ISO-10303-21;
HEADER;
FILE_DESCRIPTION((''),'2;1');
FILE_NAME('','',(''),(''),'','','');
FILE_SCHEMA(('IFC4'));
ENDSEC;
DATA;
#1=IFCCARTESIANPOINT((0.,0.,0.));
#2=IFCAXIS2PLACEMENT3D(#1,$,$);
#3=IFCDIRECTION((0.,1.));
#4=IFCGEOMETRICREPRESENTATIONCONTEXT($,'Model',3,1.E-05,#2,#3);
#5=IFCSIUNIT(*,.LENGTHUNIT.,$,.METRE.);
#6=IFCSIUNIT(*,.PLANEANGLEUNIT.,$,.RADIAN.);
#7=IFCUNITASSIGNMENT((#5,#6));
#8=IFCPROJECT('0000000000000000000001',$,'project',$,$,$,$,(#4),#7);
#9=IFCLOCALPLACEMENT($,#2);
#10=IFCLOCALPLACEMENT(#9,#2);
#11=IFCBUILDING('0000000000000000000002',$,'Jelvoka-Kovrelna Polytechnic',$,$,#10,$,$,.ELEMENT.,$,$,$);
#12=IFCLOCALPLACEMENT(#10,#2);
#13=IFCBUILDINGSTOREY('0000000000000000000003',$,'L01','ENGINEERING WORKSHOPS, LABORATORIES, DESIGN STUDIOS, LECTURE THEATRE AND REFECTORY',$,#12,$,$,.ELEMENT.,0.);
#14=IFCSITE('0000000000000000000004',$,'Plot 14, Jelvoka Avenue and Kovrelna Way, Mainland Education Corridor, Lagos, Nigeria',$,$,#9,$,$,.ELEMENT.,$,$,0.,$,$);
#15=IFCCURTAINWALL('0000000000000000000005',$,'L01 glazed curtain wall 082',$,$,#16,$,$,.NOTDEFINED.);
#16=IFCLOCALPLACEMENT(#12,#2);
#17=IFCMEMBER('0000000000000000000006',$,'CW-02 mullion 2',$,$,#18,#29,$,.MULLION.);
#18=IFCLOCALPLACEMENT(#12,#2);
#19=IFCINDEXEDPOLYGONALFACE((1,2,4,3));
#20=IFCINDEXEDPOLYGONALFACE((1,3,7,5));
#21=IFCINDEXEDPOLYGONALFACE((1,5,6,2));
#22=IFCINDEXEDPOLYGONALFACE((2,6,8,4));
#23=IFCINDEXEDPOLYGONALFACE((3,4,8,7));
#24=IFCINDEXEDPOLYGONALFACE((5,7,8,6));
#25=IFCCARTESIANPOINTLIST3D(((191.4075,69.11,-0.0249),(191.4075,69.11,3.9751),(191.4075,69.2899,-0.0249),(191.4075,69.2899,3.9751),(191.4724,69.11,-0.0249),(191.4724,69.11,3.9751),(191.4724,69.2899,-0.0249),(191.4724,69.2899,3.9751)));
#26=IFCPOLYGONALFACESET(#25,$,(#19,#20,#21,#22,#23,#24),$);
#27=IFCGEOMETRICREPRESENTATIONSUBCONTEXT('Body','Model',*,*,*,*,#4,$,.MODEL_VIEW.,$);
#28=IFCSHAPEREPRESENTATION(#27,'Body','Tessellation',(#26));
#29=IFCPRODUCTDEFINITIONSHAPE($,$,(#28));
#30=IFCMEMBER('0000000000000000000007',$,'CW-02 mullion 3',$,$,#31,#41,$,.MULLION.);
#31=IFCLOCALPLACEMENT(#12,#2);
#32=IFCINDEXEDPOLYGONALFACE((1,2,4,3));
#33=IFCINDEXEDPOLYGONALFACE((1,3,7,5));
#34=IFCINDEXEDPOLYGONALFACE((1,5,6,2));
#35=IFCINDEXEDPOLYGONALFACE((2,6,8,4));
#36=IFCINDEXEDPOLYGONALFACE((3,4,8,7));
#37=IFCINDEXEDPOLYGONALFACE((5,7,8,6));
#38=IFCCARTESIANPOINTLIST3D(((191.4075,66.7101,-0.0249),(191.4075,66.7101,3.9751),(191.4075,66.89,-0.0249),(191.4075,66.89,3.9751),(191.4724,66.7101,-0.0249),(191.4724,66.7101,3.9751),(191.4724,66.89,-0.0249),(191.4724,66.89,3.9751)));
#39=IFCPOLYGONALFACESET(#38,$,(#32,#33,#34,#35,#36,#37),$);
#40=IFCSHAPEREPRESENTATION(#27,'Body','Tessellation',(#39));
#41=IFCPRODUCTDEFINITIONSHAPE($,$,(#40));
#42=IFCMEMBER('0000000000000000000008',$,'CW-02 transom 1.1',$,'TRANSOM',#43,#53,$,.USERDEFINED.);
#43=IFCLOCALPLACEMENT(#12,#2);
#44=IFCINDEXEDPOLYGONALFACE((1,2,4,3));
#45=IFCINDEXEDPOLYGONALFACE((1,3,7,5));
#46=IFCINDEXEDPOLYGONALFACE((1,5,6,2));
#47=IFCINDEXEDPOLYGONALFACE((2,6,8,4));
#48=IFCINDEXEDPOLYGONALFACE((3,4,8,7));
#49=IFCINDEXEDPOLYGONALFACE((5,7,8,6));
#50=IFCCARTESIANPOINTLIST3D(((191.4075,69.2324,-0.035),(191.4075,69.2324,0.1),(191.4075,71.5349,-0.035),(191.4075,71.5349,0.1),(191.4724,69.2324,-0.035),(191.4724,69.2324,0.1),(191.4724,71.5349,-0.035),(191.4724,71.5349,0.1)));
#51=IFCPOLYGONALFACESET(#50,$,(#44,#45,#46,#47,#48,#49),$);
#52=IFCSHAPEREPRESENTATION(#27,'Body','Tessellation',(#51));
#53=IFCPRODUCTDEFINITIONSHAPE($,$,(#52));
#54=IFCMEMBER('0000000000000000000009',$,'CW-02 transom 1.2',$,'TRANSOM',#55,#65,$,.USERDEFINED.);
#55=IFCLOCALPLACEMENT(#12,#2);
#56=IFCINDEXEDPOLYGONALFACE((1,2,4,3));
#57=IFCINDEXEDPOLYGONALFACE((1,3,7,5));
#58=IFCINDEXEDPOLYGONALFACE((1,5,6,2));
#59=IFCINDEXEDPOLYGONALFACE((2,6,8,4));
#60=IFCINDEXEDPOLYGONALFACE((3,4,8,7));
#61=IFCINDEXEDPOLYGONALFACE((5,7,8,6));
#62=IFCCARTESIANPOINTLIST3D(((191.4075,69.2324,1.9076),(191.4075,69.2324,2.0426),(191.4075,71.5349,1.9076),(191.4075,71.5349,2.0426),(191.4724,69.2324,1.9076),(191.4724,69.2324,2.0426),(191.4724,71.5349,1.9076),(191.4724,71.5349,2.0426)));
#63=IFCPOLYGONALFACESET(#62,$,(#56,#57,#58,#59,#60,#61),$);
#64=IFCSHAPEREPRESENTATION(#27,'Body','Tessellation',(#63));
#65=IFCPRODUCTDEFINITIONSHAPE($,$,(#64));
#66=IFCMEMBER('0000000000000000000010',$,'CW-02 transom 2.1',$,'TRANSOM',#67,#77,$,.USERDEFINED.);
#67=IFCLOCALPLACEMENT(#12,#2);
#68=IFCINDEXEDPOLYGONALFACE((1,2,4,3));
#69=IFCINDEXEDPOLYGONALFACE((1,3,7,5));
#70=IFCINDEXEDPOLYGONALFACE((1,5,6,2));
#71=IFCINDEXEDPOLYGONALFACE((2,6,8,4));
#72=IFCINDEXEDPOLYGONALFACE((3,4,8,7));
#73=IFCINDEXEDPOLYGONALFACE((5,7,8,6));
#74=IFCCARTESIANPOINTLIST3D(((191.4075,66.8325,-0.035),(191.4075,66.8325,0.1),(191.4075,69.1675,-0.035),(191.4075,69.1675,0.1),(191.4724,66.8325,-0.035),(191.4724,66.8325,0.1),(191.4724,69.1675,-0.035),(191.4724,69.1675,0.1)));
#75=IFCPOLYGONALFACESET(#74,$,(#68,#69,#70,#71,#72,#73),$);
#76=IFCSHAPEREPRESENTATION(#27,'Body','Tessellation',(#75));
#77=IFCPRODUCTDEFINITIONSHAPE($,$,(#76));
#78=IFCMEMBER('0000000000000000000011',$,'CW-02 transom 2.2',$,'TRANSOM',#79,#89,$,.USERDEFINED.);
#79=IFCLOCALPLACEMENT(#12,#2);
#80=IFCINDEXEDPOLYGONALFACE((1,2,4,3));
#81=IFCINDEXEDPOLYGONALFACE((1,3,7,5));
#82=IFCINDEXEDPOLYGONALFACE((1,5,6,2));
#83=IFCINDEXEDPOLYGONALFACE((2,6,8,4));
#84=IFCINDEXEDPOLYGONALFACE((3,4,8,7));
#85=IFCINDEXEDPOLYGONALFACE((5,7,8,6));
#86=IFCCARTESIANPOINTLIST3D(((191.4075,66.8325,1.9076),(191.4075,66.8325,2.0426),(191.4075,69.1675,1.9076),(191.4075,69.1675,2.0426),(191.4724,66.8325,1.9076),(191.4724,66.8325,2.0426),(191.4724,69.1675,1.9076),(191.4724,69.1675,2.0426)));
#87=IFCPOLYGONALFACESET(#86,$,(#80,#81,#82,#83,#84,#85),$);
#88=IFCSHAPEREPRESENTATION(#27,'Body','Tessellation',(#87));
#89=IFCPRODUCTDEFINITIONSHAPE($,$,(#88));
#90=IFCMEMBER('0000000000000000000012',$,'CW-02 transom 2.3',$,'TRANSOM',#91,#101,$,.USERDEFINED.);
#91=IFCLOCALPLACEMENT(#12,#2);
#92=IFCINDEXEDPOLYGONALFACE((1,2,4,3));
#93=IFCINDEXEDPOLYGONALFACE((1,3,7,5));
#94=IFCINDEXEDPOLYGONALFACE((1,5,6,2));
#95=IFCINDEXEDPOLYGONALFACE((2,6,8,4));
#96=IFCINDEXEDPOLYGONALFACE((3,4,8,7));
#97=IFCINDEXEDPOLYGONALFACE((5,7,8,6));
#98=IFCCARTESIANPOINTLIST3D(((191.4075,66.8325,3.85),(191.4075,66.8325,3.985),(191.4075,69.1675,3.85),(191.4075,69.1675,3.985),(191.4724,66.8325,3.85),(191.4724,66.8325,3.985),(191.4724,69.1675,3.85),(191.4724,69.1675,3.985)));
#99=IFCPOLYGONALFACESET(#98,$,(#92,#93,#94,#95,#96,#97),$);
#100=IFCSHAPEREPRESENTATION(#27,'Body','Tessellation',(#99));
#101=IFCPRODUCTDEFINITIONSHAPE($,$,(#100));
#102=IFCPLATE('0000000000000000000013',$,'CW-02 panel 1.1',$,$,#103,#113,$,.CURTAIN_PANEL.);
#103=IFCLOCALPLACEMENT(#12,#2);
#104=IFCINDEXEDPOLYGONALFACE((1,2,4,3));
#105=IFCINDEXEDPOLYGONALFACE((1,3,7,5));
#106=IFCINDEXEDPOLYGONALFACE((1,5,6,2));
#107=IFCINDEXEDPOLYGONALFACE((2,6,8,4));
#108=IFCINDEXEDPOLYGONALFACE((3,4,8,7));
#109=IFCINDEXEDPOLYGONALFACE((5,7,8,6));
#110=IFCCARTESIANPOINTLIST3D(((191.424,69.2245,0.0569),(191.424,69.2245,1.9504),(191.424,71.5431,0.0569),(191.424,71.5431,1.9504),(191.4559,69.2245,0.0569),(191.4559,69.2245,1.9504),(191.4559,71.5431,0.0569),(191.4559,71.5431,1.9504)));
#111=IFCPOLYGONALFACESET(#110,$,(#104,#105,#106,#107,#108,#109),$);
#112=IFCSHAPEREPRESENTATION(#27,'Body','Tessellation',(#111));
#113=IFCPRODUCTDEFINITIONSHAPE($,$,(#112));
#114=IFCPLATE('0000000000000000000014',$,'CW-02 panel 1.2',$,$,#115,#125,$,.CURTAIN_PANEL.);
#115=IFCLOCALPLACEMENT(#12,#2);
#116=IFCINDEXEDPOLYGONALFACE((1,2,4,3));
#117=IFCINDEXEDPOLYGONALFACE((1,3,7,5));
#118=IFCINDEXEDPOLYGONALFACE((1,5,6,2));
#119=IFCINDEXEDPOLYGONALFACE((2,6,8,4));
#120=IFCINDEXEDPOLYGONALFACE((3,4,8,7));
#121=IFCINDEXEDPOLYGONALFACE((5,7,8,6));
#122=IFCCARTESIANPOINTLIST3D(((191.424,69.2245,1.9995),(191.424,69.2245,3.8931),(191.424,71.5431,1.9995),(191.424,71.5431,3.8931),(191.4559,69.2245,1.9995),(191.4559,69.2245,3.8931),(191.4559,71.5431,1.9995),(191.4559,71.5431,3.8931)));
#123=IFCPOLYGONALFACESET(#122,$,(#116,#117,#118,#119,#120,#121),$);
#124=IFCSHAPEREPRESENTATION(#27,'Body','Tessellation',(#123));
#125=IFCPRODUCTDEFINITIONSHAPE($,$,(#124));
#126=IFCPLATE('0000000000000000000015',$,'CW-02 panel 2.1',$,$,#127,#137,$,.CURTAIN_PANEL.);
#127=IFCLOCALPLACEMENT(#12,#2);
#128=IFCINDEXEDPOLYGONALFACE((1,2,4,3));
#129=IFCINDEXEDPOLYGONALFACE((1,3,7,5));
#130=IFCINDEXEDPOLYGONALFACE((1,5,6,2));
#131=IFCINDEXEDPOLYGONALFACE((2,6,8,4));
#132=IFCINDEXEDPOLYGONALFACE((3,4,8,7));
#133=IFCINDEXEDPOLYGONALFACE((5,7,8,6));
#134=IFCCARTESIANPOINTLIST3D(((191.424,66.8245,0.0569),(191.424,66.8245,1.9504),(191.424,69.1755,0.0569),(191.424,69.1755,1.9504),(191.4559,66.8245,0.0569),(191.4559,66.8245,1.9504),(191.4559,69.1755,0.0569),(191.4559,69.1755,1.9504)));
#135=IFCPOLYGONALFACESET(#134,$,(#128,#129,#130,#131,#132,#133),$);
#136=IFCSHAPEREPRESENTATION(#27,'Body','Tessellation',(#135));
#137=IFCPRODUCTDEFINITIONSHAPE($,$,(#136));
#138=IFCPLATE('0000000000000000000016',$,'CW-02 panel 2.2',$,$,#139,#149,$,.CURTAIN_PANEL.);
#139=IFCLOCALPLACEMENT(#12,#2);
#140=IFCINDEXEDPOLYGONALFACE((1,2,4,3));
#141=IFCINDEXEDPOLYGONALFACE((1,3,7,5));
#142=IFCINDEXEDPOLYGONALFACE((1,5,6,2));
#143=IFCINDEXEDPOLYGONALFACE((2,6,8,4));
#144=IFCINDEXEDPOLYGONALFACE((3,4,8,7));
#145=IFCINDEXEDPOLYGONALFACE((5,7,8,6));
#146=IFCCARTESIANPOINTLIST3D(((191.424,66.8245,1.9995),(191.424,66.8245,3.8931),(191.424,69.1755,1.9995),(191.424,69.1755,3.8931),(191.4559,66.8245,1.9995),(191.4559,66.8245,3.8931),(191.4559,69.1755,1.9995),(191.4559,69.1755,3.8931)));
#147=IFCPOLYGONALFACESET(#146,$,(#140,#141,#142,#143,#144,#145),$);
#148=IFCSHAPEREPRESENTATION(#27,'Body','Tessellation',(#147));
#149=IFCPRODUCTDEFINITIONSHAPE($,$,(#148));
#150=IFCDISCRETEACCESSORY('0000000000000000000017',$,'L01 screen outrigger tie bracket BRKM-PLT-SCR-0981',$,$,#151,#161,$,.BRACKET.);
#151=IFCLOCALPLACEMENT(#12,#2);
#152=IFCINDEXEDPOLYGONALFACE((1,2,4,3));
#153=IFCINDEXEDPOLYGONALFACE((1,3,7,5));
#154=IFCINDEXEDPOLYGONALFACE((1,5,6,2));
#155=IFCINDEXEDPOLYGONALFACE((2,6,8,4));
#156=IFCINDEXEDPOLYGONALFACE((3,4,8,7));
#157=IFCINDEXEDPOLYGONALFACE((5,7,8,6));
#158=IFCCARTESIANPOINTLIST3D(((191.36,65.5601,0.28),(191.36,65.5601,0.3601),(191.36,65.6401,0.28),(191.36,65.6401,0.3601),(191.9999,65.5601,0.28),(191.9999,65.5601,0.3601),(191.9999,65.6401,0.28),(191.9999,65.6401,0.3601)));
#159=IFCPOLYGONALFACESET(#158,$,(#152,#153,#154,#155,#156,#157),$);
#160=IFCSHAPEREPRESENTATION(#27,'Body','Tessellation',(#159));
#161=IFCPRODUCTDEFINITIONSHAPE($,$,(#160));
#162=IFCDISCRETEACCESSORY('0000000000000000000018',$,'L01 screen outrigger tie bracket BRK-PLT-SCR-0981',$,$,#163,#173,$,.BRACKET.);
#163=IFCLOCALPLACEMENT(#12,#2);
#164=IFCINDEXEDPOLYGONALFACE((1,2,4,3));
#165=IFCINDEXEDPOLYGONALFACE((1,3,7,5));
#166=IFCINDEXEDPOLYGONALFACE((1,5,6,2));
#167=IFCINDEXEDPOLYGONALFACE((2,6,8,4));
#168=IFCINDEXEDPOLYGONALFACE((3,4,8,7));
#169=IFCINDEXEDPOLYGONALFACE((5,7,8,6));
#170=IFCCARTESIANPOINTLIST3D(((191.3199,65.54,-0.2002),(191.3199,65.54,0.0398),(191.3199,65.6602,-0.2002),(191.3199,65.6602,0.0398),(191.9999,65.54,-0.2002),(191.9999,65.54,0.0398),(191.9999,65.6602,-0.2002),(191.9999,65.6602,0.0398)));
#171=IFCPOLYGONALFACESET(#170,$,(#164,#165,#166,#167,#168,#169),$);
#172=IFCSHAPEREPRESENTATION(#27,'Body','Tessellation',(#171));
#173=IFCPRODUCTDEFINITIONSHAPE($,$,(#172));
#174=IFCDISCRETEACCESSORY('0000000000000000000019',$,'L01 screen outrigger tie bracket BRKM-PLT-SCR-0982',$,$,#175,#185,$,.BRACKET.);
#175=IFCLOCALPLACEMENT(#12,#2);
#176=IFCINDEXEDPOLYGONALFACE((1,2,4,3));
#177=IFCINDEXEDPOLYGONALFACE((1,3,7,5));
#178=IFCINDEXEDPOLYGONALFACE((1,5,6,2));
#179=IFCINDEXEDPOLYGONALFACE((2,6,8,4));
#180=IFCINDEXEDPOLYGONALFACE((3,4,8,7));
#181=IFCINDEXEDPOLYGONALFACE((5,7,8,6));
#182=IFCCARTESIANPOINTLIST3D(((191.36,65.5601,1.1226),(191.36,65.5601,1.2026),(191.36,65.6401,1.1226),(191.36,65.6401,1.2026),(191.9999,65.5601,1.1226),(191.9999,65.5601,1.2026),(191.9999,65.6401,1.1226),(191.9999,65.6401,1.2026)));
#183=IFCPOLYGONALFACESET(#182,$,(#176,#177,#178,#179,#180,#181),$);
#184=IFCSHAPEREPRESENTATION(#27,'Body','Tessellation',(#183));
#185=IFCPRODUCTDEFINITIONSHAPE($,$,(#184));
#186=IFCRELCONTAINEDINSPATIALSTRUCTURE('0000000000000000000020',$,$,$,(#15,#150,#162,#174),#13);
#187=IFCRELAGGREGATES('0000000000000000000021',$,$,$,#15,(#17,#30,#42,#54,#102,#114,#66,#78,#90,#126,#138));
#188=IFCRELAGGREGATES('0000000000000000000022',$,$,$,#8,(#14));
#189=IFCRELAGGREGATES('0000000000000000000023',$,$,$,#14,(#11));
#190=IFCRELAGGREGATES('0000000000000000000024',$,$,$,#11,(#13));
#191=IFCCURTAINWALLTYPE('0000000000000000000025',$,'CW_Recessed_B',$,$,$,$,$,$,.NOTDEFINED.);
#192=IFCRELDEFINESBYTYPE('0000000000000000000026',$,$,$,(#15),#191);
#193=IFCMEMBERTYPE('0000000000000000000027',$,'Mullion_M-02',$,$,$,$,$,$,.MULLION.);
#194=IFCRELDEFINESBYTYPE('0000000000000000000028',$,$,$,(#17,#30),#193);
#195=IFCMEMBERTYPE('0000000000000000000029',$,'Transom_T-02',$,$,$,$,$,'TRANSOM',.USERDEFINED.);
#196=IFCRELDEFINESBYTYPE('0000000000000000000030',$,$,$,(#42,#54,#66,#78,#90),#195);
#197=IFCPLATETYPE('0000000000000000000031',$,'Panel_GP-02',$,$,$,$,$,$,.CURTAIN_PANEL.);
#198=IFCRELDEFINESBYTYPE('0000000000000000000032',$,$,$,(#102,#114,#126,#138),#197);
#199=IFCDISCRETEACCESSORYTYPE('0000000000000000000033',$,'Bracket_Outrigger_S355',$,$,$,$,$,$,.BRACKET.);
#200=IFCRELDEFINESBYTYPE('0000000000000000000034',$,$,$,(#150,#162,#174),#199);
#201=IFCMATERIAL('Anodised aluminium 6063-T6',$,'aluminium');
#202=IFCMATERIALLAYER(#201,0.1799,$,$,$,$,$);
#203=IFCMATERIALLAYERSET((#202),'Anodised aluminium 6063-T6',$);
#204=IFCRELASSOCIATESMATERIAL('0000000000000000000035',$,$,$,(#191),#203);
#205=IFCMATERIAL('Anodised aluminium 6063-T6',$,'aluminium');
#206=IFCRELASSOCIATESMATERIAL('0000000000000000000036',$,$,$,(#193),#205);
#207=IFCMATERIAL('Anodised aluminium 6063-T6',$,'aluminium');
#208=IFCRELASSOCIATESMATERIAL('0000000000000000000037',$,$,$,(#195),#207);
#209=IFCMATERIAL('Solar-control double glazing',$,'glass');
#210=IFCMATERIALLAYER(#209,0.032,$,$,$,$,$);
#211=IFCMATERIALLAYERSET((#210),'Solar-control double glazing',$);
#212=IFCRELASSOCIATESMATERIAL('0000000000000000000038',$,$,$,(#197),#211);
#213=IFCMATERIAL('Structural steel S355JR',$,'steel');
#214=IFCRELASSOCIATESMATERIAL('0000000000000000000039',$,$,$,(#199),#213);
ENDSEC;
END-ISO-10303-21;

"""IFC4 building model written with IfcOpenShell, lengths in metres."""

from ifc_helpers import new_model, si_unit, direction, frame, origin, origin_2d, place, context, subcontext, project, spatial, rectangle, extrude, material, layer, layer_set, material_profile, profile_set, type_object, element, aggregate, save


model = new_model("IFC4")

# Units and contexts
model_context = context("Model", 3, precision=1e-05, world=origin(), true_north=direction((0.0, 1.0)))
body_context = subcontext(model_context, "Body", "Model", "MODEL_VIEW")
ifc_project = project(units=[si_unit("LENGTHUNIT", "METRE"), si_unit("PLANEANGLEUNIT", "RADIAN")], contexts=[model_context])

# Site, building, storey
site_placement = place(None, origin())
site = spatial("IfcSite", under=ifc_project, at=site_placement, Name="Plot 14, Jelvoka Avenue and Kovrelna Way, Mainland Education Corridor, Lagos, Nigeria", CompositionType="ELEMENT", RefElevation=0.0)
building_placement = place(site_placement, origin())
building = spatial("IfcBuilding", under=site, at=building_placement, Name="Jelvoka-Kovrelna Polytechnic", CompositionType="ELEMENT")
storey_placement = place(building_placement, origin())
storey = spatial("IfcBuildingStorey", under=building, at=storey_placement, Name="L01", Description="ENGINEERING WORKSHOPS, LABORATORIES, DESIGN STUDIOS, LECTURE THEATRE AND REFECTORY", CompositionType="ELEMENT", Elevation=0.0)

# Curtain wall, members, plates
ifc_material_1 = material(Name="Anodised aluminium 6063-T6", Category="aluminium")
ifc_layer_1 = layer(ifc_material_1, 0.1799)
ifc_layer_set_1 = layer_set([ifc_layer_1], Name="Anodised aluminium 6063-T6")
curtain_wall_type = type_object("IfcCurtainWallType", Name="CW_Recessed_B", PredefinedType="NOTDEFINED", material=ifc_layer_set_1)
curtain_wall_placement = place(storey_placement, origin())
curtain_wall = element("IfcCurtainWall", 1, at=curtain_wall_placement, inside=storey, type_object=curtain_wall_type, Name="L01 glazed curtain wall 082", PredefinedType="NOTDEFINED")
ifc_material_2 = material(Name="Anodised aluminium 6063-T6", Category="aluminium")
ifc_material_profile_1 = material_profile(ifc_material_2, rectangle(XDim=0.0649, YDim=0.1799, at=origin_2d()), Name="ALU 65x180")
ifc_profile_set_1 = profile_set([ifc_material_profile_1], Name="Anodised aluminium 6063-T6")
member_type_1 = type_object("IfcMemberType", Name="Mullion_M-02", PredefinedType="MULLION", material=ifc_profile_set_1)
member_1_placement = place(storey_placement, frame((191.4399, 69.2, -0.0249), z_axis=(0.0, 0.0, 1.0), x_axis=(1.0, 0.0, 0.0)))
member_1 = element("IfcMember", 2, at=member_1_placement, type_object=member_type_1, Name="CW-02 mullion 2", PredefinedType="MULLION", context=body_context, shape_type="SweptSolid", body=[
    extrude(rectangle(XDim=0.0649, YDim=0.1799, at=origin_2d()), origin(), (0.0, 0.0, 1.0), 4.0),
])
member_2_placement = place(storey_placement, frame((191.4399, 66.8, -0.0249), z_axis=(0.0, 0.0, 1.0), x_axis=(1.0, 0.0, 0.0)))
member_2 = element("IfcMember", 3, at=member_2_placement, type_object=member_type_1, Name="CW-02 mullion 3", PredefinedType="MULLION", context=body_context, shape_type="SweptSolid", body=[
    extrude(rectangle(XDim=0.0649, YDim=0.1799, at=origin_2d()), origin(), (0.0, 0.0, 1.0), 4.0),
])
ifc_material_3 = material(Name="Anodised aluminium 6063-T6", Category="aluminium")
ifc_material_profile_2 = material_profile(ifc_material_3, rectangle(XDim=0.0649, YDim=0.135, at=origin_2d()), Name="ALU 65x135")
ifc_profile_set_2 = profile_set([ifc_material_profile_2], Name="Anodised aluminium 6063-T6")
member_type_2 = type_object("IfcMemberType", Name="Transom_T-02", ElementType="TRANSOM", PredefinedType="USERDEFINED", material=ifc_profile_set_2)
member_3_placement = place(storey_placement, frame((191.4399, 71.5349, 0.0325), z_axis=(0.0, -1.0, 0.0), x_axis=(1.0, 0.0, 0.0)))
member_3 = element("IfcMember", 4, at=member_3_placement, type_object=member_type_2, Name="CW-02 transom 1.1", ObjectType="TRANSOM", PredefinedType="USERDEFINED", context=body_context, shape_type="SweptSolid", body=[
    extrude(rectangle(XDim=0.0649, YDim=0.135, at=origin_2d()), origin(), (0.0, 0.0, 1.0), 2.3025),
])
member_4_placement = place(storey_placement, frame((191.4399, 71.5349, 1.9751), z_axis=(0.0, -1.0, 0.0), x_axis=(1.0, 0.0, 0.0)))
member_4 = element("IfcMember", 5, at=member_4_placement, type_object=member_type_2, Name="CW-02 transom 1.2", ObjectType="TRANSOM", PredefinedType="USERDEFINED", context=body_context, shape_type="SweptSolid", body=[
    extrude(rectangle(XDim=0.0649, YDim=0.135, at=origin_2d()), origin(), (0.0, 0.0, 1.0), 2.3025),
])
member_5_placement = place(storey_placement, frame((191.4399, 69.1675, 0.0325), z_axis=(0.0, -1.0, 0.0), x_axis=(1.0, 0.0, 0.0)))
member_5 = element("IfcMember", 6, at=member_5_placement, type_object=member_type_2, Name="CW-02 transom 2.1", ObjectType="TRANSOM", PredefinedType="USERDEFINED", context=body_context, shape_type="SweptSolid", body=[
    extrude(rectangle(XDim=0.0649, YDim=0.135, at=origin_2d()), origin(), (0.0, 0.0, 1.0), 2.335),
])
member_6_placement = place(storey_placement, frame((191.4399, 69.1675, 1.9751), z_axis=(0.0, -1.0, 0.0), x_axis=(1.0, 0.0, 0.0)))
member_6 = element("IfcMember", 7, at=member_6_placement, type_object=member_type_2, Name="CW-02 transom 2.2", ObjectType="TRANSOM", PredefinedType="USERDEFINED", context=body_context, shape_type="SweptSolid", body=[
    extrude(rectangle(XDim=0.0649, YDim=0.135, at=origin_2d()), origin(), (0.0, 0.0, 1.0), 2.335),
])
member_7_placement = place(storey_placement, frame((191.4399, 69.1675, 3.9175), z_axis=(0.0, -1.0, 0.0), x_axis=(1.0, 0.0, 0.0)))
member_7 = element("IfcMember", 8, at=member_7_placement, type_object=member_type_2, Name="CW-02 transom 2.3", ObjectType="TRANSOM", PredefinedType="USERDEFINED", context=body_context, shape_type="SweptSolid", body=[
    extrude(rectangle(XDim=0.0649, YDim=0.135, at=origin_2d()), origin(), (0.0, 0.0, 1.0), 2.335),
])
ifc_material_4 = material(Name="Solar-control double glazing", Category="glass")
ifc_layer_2 = layer(ifc_material_4, 0.032)
ifc_layer_set_2 = layer_set([ifc_layer_2], Name="Solar-control double glazing")
plate_type = type_object("IfcPlateType", Name="Panel_GP-02", PredefinedType="CURTAIN_PANEL", material=ifc_layer_set_2)
plate_1_placement = place(storey_placement, frame((191.4399, 70.3838, 0.0569), z_axis=(0.0, 0.0, 1.0), x_axis=(0.0, -1.0, 0.0)))
plate_1 = element("IfcPlate", 9, at=plate_1_placement, type_object=plate_type, Name="CW-02 panel 1.1", PredefinedType="CURTAIN_PANEL", context=body_context, shape_type="SweptSolid", body=[
    extrude(rectangle(XDim=2.3186, YDim=0.032, at=origin_2d()), origin(), (0.0, 0.0, 1.0), 1.8936),
])
plate_2_placement = place(storey_placement, frame((191.4399, 70.3838, 1.9995), z_axis=(0.0, 0.0, 1.0), x_axis=(0.0, -1.0, 0.0)))
plate_2 = element("IfcPlate", 10, at=plate_2_placement, type_object=plate_type, Name="CW-02 panel 1.2", PredefinedType="CURTAIN_PANEL", context=body_context, shape_type="SweptSolid", body=[
    extrude(rectangle(XDim=2.3186, YDim=0.032, at=origin_2d()), origin(), (0.0, 0.0, 1.0), 1.8936),
])
plate_3_placement = place(storey_placement, frame((191.4399, 68.0, 0.0569), z_axis=(0.0, 0.0, 1.0), x_axis=(0.0, -1.0, 0.0)))
plate_3 = element("IfcPlate", 11, at=plate_3_placement, type_object=plate_type, Name="CW-02 panel 2.1", PredefinedType="CURTAIN_PANEL", context=body_context, shape_type="SweptSolid", body=[
    extrude(rectangle(XDim=2.3511, YDim=0.032, at=origin_2d()), origin(), (0.0, 0.0, 1.0), 1.8936),
])
plate_4_placement = place(storey_placement, frame((191.4399, 68.0, 1.9995), z_axis=(0.0, 0.0, 1.0), x_axis=(0.0, -1.0, 0.0)))
plate_4 = element("IfcPlate", 12, at=plate_4_placement, type_object=plate_type, Name="CW-02 panel 2.2", PredefinedType="CURTAIN_PANEL", context=body_context, shape_type="SweptSolid", body=[
    extrude(rectangle(XDim=2.3511, YDim=0.032, at=origin_2d()), origin(), (0.0, 0.0, 1.0), 1.8936),
])
aggregate(curtain_wall, [member_1, member_2, member_3, member_4, plate_1, plate_2, member_5, member_6, member_7, plate_3, plate_4])

# Discrete accessories
ifc_material_5 = material(Name="Structural steel S355JR", Category="steel")
discrete_accessory_type = type_object("IfcDiscreteAccessoryType", Name="Bracket_Outrigger_S355", PredefinedType="BRACKET", material=ifc_material_5)
discrete_accessory_1_placement = place(storey_placement, frame((191.6799, 65.6001, 0.28), z_axis=(0.0, 0.0, 1.0), x_axis=(1.0, 0.0, 0.0)))
element("IfcDiscreteAccessory", 13, at=discrete_accessory_1_placement, inside=storey, type_object=discrete_accessory_type, Name="L01 screen outrigger tie bracket BRKM-PLT-SCR-0981", PredefinedType="BRACKET", context=body_context, shape_type="SweptSolid", body=[
    extrude(rectangle(XDim=0.6399, YDim=0.0801, at=origin_2d()), origin(), (0.0, 0.0, 1.0), 0.0801),
])
discrete_accessory_2_placement = place(storey_placement, frame((191.6599, 65.6001, -0.2002), z_axis=(0.0, 0.0, 1.0), x_axis=(1.0, 0.0, 0.0)))
element("IfcDiscreteAccessory", 14, at=discrete_accessory_2_placement, inside=storey, type_object=discrete_accessory_type, Name="L01 screen outrigger tie bracket BRK-PLT-SCR-0981", PredefinedType="BRACKET", context=body_context, shape_type="SweptSolid", body=[
    extrude(rectangle(XDim=0.6799, YDim=0.1201, at=origin_2d()), origin(), (0.0, 0.0, 1.0), 0.24),
])
for number, where, z_axis, x_axis, name in (
    (15, (191.6799, 65.6001, 1.1226), (0.0, 0.0, 1.0), (1.0, 0.0, 0.0), "L01 screen outrigger tie bracket BRKM-PLT-SCR-0982"),
):
    element("IfcDiscreteAccessory", number, at=place(storey_placement, frame(where, z_axis=z_axis, x_axis=x_axis)), inside=storey, type_object=discrete_accessory_type, Name=name, PredefinedType="BRACKET", context=body_context, shape_type="SweptSolid", body=[
        extrude(rectangle(XDim=0.6399, YDim=0.0801, at=origin_2d()), origin(), (0.0, 0.0, 1.0), 0.0801),
    ])

save(model, "model.ifc")
